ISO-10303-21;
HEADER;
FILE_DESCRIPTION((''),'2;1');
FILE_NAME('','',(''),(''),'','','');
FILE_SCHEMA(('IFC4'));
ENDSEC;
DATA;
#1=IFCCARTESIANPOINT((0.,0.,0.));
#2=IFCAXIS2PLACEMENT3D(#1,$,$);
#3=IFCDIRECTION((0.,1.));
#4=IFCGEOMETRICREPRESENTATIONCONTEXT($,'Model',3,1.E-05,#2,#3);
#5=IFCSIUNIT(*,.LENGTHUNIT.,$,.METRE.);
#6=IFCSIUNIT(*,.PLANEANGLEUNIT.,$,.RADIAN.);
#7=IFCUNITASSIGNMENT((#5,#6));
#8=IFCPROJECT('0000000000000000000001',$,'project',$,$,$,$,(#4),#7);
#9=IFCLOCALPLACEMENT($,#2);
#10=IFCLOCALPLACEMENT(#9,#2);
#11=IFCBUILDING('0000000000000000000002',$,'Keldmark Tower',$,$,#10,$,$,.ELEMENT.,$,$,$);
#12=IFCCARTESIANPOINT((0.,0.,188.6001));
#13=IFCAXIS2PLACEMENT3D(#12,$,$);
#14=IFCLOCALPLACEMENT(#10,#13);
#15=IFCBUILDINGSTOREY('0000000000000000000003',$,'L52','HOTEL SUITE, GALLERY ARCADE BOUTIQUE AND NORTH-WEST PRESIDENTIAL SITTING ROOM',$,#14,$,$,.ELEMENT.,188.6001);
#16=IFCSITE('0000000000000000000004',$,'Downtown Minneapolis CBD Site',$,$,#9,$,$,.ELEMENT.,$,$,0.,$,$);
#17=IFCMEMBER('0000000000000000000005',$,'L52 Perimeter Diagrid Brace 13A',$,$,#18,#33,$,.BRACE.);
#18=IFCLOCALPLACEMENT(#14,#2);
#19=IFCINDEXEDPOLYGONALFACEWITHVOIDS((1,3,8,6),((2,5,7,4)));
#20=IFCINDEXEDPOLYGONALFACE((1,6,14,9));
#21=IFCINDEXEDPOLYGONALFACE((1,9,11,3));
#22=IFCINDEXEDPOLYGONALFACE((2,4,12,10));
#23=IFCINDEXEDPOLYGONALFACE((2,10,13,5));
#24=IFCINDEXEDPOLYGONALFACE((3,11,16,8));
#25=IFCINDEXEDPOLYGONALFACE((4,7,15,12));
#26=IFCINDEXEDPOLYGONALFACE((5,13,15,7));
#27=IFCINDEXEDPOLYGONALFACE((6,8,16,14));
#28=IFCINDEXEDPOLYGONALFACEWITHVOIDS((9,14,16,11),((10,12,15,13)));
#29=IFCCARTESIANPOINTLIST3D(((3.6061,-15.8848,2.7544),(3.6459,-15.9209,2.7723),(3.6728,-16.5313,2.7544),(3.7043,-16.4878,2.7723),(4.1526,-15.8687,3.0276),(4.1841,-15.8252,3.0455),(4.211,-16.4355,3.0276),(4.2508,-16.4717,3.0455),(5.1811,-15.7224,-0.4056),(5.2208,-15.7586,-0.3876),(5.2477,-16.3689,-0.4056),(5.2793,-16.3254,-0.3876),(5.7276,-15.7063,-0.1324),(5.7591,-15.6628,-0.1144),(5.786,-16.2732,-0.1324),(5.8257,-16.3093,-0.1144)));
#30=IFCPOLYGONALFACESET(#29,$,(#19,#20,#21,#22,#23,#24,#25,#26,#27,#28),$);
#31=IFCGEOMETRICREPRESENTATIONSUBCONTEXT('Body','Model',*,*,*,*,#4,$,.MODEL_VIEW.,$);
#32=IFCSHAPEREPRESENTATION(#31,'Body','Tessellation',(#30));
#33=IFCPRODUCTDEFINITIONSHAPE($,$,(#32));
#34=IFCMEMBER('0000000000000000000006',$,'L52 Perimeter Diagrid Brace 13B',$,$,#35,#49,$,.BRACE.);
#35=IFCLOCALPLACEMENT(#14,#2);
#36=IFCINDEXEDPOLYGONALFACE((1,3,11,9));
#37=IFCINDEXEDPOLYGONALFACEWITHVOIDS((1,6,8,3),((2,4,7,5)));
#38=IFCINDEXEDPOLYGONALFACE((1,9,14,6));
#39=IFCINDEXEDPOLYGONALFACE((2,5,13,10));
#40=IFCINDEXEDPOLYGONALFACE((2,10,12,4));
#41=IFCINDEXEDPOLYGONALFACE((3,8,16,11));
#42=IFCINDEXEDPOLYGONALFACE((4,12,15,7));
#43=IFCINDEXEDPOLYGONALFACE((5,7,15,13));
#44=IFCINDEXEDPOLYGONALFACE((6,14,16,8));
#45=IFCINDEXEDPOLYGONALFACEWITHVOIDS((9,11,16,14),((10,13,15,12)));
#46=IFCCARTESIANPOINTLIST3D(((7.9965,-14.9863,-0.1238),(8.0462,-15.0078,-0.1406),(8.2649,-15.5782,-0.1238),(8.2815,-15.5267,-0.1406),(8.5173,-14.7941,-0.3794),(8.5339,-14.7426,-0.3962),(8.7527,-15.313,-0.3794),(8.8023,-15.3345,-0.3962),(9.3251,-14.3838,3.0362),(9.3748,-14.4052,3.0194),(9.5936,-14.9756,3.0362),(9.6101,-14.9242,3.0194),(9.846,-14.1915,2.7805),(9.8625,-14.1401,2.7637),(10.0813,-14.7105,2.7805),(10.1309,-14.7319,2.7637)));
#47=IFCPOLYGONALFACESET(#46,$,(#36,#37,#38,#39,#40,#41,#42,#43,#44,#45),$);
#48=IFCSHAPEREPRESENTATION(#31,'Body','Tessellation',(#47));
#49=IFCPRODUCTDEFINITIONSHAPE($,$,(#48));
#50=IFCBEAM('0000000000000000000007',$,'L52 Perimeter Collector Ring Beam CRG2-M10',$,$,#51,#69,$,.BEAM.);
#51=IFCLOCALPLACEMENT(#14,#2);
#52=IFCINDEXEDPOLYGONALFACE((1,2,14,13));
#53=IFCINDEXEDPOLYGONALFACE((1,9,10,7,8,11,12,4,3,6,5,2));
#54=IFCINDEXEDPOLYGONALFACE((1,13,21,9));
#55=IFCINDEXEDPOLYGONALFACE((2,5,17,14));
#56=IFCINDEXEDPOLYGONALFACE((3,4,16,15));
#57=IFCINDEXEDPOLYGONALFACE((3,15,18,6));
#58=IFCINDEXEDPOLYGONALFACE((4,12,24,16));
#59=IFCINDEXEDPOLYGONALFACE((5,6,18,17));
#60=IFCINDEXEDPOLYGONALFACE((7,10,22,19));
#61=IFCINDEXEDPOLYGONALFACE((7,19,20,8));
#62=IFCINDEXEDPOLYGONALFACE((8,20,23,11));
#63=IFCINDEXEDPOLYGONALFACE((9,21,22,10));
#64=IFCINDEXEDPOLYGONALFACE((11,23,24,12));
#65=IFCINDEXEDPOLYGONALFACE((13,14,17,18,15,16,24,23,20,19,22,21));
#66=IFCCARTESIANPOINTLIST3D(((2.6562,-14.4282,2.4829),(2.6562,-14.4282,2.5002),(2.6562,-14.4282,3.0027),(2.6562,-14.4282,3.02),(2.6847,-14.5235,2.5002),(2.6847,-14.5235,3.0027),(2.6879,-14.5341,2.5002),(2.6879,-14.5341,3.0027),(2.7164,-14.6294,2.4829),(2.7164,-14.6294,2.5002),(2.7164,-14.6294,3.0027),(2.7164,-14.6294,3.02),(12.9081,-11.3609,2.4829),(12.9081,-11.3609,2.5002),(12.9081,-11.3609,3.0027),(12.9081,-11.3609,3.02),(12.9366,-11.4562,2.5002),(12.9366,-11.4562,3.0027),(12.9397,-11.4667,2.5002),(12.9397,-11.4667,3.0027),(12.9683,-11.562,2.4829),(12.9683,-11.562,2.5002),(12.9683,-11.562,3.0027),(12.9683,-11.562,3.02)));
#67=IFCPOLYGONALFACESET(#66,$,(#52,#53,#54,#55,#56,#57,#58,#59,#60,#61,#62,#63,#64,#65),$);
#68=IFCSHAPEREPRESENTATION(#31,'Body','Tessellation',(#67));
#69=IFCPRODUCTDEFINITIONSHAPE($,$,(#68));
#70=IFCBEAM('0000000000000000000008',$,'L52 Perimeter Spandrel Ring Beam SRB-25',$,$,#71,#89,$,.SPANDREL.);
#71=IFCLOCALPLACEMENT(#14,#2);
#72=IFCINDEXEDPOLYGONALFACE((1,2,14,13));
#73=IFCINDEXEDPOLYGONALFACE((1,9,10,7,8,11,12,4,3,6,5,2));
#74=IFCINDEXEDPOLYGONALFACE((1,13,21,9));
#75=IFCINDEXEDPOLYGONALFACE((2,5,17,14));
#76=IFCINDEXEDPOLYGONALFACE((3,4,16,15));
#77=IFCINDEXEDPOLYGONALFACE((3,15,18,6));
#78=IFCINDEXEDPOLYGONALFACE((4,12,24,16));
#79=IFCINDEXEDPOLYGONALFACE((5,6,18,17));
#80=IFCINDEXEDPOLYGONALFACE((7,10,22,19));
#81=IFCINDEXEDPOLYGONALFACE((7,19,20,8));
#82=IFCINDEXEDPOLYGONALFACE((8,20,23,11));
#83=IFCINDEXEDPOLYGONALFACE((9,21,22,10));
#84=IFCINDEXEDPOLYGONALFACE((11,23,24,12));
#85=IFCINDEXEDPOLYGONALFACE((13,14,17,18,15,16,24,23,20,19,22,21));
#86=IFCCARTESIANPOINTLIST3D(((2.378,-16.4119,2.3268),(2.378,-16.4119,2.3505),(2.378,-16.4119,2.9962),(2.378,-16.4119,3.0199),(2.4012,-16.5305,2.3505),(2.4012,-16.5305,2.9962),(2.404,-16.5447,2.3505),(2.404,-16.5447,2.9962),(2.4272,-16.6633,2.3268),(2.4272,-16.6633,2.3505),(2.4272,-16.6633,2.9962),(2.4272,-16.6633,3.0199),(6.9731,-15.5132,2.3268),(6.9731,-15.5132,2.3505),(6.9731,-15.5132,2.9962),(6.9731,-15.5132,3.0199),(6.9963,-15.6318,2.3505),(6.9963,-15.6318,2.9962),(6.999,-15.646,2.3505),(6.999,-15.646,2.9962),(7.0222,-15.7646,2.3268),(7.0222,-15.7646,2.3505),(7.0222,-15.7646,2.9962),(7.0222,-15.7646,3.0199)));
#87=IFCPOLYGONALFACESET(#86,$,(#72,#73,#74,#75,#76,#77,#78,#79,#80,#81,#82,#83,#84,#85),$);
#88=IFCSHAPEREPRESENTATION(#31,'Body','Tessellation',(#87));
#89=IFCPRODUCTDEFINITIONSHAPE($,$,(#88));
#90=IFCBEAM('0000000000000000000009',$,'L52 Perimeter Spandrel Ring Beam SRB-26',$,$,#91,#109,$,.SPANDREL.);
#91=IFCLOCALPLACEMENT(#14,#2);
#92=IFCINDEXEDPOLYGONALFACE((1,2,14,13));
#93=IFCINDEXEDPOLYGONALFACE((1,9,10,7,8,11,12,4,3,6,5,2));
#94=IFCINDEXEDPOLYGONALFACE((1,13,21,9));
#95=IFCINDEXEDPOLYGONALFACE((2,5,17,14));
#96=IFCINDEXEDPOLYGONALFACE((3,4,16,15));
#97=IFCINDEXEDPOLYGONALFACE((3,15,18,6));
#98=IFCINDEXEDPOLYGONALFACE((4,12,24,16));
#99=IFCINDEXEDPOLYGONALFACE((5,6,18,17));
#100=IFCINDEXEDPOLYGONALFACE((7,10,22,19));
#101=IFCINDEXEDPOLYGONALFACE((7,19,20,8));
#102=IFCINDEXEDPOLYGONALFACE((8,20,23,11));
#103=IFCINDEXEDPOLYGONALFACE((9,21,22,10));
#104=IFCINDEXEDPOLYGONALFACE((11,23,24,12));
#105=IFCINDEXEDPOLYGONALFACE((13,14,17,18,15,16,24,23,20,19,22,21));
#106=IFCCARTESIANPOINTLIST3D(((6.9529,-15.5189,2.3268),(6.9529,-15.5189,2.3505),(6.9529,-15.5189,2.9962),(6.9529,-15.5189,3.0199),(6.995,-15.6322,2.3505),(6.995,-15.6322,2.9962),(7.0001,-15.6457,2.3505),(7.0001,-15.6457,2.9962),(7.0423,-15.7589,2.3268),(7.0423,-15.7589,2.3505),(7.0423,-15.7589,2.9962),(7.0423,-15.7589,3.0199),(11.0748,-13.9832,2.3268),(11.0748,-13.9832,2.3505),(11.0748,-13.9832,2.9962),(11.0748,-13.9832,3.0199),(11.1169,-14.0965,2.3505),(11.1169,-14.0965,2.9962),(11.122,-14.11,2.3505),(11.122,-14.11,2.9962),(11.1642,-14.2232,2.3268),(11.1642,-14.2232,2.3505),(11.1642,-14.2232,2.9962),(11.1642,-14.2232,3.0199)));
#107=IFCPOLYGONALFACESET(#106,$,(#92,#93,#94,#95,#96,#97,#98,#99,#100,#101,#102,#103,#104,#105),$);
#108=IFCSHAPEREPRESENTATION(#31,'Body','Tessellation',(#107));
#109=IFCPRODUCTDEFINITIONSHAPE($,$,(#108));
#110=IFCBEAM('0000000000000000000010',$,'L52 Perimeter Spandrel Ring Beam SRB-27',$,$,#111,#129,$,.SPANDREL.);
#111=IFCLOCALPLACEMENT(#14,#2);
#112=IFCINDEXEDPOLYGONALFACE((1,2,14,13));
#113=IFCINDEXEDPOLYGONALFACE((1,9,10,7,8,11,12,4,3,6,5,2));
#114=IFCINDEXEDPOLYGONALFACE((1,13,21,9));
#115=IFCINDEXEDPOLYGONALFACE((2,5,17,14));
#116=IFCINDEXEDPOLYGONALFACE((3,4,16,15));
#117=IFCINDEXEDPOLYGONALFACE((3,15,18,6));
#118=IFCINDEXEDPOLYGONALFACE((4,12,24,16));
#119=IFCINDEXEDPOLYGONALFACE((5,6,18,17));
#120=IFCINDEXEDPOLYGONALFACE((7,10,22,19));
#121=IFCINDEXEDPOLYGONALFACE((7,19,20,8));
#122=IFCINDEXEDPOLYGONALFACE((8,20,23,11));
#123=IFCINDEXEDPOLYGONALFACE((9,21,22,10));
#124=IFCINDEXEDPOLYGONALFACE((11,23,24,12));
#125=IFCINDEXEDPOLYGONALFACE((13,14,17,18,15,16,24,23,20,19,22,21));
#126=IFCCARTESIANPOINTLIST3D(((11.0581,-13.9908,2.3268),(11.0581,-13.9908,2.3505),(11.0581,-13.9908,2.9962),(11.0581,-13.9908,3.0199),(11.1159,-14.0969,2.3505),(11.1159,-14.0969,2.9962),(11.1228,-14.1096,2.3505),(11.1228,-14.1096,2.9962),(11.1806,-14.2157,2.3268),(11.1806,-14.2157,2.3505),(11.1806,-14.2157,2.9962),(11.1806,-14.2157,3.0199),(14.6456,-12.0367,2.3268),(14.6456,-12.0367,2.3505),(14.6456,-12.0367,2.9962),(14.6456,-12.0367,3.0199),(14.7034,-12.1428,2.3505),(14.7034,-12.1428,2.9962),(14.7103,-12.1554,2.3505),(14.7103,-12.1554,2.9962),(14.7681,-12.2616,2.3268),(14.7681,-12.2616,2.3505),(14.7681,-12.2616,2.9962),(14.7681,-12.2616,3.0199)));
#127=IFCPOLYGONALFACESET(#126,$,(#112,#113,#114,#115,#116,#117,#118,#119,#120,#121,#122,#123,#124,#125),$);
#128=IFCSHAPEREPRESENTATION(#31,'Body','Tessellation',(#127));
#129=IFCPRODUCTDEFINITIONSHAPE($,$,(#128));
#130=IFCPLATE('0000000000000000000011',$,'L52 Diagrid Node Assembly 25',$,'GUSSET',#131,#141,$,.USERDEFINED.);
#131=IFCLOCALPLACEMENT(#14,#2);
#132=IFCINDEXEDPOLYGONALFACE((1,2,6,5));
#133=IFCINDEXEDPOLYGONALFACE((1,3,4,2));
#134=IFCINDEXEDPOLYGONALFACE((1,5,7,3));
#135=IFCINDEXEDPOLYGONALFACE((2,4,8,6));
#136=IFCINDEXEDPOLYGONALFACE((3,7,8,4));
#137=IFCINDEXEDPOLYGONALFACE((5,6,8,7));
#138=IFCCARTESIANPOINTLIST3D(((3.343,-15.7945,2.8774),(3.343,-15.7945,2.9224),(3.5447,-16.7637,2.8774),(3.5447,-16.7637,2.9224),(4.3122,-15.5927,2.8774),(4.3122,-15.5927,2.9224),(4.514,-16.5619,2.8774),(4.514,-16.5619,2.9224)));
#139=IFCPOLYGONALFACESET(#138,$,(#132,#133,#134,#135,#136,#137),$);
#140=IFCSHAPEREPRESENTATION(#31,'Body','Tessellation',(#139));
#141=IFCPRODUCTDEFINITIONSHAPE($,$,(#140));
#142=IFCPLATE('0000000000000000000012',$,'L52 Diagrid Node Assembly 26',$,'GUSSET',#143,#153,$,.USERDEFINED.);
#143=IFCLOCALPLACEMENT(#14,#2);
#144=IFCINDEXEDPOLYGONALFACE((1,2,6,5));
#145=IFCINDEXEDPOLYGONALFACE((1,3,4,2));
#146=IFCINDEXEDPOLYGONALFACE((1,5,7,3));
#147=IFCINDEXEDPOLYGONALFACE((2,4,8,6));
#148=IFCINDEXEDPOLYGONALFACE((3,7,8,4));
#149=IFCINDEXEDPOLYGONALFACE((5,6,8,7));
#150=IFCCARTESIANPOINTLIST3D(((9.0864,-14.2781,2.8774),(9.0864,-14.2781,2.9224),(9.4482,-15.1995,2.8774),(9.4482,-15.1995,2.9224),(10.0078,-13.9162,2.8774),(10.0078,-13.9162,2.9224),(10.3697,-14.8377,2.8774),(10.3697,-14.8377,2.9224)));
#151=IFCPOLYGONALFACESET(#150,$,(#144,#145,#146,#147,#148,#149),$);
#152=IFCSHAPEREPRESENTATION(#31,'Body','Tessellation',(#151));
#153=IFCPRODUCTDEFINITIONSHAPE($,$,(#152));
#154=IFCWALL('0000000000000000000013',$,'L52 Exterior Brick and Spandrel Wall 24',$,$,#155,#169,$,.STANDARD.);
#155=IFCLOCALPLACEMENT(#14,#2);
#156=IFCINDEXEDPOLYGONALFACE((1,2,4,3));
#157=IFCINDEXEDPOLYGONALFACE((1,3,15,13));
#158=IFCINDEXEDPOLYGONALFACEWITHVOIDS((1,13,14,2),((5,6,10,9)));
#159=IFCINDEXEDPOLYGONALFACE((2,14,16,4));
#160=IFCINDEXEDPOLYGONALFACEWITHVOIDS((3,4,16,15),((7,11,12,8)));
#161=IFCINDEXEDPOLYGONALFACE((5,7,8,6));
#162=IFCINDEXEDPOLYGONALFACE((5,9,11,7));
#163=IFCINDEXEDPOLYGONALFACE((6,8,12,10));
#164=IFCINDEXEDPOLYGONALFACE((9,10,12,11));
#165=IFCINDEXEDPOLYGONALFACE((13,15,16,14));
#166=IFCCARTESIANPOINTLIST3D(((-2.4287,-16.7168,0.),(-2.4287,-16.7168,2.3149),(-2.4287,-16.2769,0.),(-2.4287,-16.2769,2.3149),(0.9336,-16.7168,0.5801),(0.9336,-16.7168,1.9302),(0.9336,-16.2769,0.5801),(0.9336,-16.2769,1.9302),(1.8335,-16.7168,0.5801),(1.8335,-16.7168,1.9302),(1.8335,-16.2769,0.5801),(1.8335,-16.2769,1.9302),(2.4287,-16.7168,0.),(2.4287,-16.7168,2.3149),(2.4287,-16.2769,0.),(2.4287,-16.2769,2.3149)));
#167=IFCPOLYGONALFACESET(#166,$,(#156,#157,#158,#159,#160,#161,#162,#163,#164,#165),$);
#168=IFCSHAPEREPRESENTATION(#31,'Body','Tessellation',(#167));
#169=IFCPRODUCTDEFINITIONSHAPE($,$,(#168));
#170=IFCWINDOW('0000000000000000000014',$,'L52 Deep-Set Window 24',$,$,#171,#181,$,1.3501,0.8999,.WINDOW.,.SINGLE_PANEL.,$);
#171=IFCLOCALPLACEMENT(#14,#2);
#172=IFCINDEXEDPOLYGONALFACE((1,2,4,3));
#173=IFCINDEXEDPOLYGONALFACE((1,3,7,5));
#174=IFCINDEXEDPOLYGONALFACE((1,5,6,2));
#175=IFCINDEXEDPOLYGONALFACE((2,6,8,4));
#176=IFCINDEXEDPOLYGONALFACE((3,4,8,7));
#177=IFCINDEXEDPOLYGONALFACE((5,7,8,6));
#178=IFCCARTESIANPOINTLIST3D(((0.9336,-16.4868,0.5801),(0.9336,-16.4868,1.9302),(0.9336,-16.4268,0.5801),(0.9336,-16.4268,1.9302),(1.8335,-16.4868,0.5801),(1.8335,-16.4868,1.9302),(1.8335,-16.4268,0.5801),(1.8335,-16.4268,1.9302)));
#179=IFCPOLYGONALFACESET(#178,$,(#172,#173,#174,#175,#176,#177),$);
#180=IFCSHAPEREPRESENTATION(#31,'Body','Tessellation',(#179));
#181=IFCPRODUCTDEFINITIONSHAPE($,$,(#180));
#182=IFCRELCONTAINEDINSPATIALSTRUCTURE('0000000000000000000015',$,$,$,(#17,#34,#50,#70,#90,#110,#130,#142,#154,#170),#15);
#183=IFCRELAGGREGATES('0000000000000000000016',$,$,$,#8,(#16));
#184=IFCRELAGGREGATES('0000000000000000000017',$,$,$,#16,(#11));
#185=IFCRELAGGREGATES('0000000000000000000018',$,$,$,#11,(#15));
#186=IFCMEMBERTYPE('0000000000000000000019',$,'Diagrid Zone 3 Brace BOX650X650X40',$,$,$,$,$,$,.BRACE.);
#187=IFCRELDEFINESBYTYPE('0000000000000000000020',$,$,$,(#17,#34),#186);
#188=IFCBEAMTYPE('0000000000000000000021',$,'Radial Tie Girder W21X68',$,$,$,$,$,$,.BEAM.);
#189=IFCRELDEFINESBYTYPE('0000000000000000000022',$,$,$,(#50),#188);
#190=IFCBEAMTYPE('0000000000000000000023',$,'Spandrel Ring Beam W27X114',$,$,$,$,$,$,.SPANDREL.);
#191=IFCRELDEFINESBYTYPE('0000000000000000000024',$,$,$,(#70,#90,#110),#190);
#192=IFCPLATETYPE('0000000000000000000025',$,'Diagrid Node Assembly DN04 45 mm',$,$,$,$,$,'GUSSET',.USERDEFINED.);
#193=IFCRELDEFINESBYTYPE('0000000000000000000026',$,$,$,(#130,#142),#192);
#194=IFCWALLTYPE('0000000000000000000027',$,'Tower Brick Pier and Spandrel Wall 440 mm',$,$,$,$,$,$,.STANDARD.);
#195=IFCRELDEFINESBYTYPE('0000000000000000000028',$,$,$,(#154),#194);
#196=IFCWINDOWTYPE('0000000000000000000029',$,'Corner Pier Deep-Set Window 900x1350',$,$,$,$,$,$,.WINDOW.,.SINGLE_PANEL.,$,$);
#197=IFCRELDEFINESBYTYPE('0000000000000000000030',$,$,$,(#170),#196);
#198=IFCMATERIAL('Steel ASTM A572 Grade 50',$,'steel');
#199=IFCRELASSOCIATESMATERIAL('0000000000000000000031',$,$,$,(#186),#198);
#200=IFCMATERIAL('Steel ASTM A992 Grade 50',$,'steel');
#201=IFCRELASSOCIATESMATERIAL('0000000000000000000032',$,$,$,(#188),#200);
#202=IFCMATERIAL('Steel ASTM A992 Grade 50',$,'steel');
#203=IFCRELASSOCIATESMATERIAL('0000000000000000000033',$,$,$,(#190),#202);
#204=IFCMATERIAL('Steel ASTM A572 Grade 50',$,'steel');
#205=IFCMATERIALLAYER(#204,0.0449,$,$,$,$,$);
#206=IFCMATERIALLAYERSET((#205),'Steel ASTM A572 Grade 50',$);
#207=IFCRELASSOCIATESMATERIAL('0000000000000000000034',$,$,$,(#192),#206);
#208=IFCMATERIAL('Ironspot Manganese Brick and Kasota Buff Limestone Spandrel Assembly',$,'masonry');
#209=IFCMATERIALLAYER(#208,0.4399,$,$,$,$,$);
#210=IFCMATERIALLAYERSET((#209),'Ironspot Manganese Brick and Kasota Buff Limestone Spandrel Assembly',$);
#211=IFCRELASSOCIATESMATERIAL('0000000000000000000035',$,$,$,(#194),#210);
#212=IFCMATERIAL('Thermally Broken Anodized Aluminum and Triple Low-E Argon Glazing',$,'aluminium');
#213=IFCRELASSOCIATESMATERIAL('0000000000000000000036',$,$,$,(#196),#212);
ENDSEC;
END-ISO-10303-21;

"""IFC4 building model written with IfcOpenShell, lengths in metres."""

from ifc_helpers import new_model, si_unit, direction, frame, frame_2d, origin, origin_2d, place, context, subcontext, project, spatial, rectangle, hollow_rectangle, i_section, extrude, material, layer, layer_set, material_profile, profile_set, type_object, element, fill, save


model = new_model("IFC4")

# Units and contexts
model_context = context("Model", 3, precision=1e-05, world=origin(), true_north=direction((0.0, 1.0)))
body_context = subcontext(model_context, "Body", "Model", "MODEL_VIEW")
ifc_project = project(units=[si_unit("LENGTHUNIT", "METRE"), si_unit("PLANEANGLEUNIT", "RADIAN")], contexts=[model_context])

# Site, building, storey
site_placement = place(None, origin())
site = spatial("IfcSite", under=ifc_project, at=site_placement, Name="Downtown Minneapolis CBD Site", CompositionType="ELEMENT", RefElevation=0.0)
building_placement = place(site_placement, origin())
building = spatial("IfcBuilding", under=site, at=building_placement, Name="Keldmark Tower", CompositionType="ELEMENT")
storey_placement = place(building_placement, frame((0.0, 0.0, 188.6001)))
storey = spatial("IfcBuildingStorey", under=building, at=storey_placement, Name="L52", Description="HOTEL SUITE, GALLERY ARCADE BOUTIQUE AND NORTH-WEST PRESIDENTIAL SITTING ROOM", CompositionType="ELEMENT", Elevation=188.6001)

# Members
ifc_material_1 = material(Name="Steel ASTM A572 Grade 50", Category="steel")
ifc_material_profile_1 = material_profile(ifc_material_1, hollow_rectangle(XDim=0.6499, YDim=0.6499, WallThickness=0.04, at=origin_2d()), Name="BOX650X650X40")
ifc_profile_set_1 = profile_set([ifc_material_profile_1], Name="Steel ASTM A572 Grade 50")
member_type = type_object("IfcMemberType", Name="Diagrid Zone 3 Brace BOX650X650X40", PredefinedType="BRACE", material=ifc_profile_set_1)
member_1_placement = place(storey_placement, frame((5.5034, -16.0159, -0.26), z_axis=(-0.445608, -0.045935, 0.894049), x_axis=(0.102541, -0.994729, 0.0)))
element("IfcMember", 1, at=member_1_placement, inside=storey, type_object=member_type, Name="L52 Perimeter Diagrid Brace 13A", PredefinedType="BRACE", context=body_context, shape_type="SweptSolid", body=[
    extrude(hollow_rectangle(XDim=0.6499, YDim=0.6499, WallThickness=0.04, at=origin_2d()), origin(), (0.0, 0.0, 1.0), 3.5344),
])
member_2_placement = place(storey_placement, frame((8.3994, -15.1604, -0.26), z_axis=(0.38174, 0.173123, 0.907912), x_axis=(-0.413021, 0.910721, 0.0)))
element("IfcMember", 2, at=member_2_placement, inside=storey, type_object=member_type, Name="L52 Perimeter Diagrid Brace 13B", PredefinedType="BRACE", context=body_context, shape_type="SweptSolid", body=[
    extrude(hollow_rectangle(XDim=0.6499, YDim=0.6499, WallThickness=0.04, at=origin_2d()), origin(), (0.0, 0.0, 1.0), 3.4805),
])

# Beams
ifc_material_2 = material(Name="Steel ASTM A992 Grade 50", Category="steel")
ifc_material_profile_2 = material_profile(ifc_material_2, i_section(OverallWidth=0.21, OverallDepth=0.5371, WebThickness=0.011, FlangeThickness=0.0173, at=origin_2d()), Name="W21X68")
ifc_profile_set_2 = profile_set([ifc_material_profile_2], Name="Steel ASTM A992 Grade 50")
beam_type_1 = type_object("IfcBeamType", Name="Radial Tie Girder W21X68", PredefinedType="BEAM", material=ifc_profile_set_2)
beam_1_placement = place(storey_placement, frame((2.6863, -14.5288, 2.7515), z_axis=(0.958037, 0.286645, 0.0), x_axis=(-0.286645, 0.958037, 0.0)))
element("IfcBeam", 3, at=beam_1_placement, inside=storey, type_object=beam_type_1, Name="L52 Perimeter Collector Ring Beam CRG2-M10", PredefinedType="BEAM", context=body_context, shape_type="SweptSolid", body=[
    extrude(i_section(OverallWidth=0.21, OverallDepth=0.5371, WebThickness=0.011, FlangeThickness=0.0173, at=origin_2d()), origin(), (0.0, 0.0, 1.0), 10.7009),
])
ifc_material_3 = material(Name="Steel ASTM A992 Grade 50", Category="steel")
ifc_material_profile_3 = material_profile(ifc_material_3, i_section(OverallWidth=0.2561, OverallDepth=0.6931, WebThickness=0.0144, FlangeThickness=0.0237, at=origin_2d()), Name="W27X114")
ifc_profile_set_3 = profile_set([ifc_material_profile_3], Name="Steel ASTM A992 Grade 50")
beam_type_2 = type_object("IfcBeamType", Name="Spandrel Ring Beam W27X114", PredefinedType="SPANDREL", material=ifc_profile_set_3)
beam_2_placement = place(storey_placement, frame((2.4026, -16.5376, 2.6733), z_axis=(0.981406, 0.191943, 0.0), x_axis=(-0.191943, 0.981406, 0.0)))
element("IfcBeam", 4, at=beam_2_placement, inside=storey, type_object=beam_type_2, Name="L52 Perimeter Spandrel Ring Beam SRB-25", PredefinedType="SPANDREL", context=body_context, shape_type="SweptSolid", body=[
    extrude(i_section(OverallWidth=0.2561, OverallDepth=0.6931, WebThickness=0.0144, FlangeThickness=0.0237, at=origin_2d()), origin(), (0.0, 0.0, 1.0), 4.6821),
])
beam_3_placement = place(storey_placement, frame((6.9976, -15.6389, 2.6733), z_axis=(0.937077, 0.349121, 0.0), x_axis=(-0.349121, 0.937077, 0.0)))
element("IfcBeam", 5, at=beam_3_placement, inside=storey, type_object=beam_type_2, Name="L52 Perimeter Spandrel Ring Beam SRB-26", PredefinedType="SPANDREL", context=body_context, shape_type="SweptSolid", body=[
    extrude(i_section(OverallWidth=0.2561, OverallDepth=0.6931, WebThickness=0.0144, FlangeThickness=0.0237, at=origin_2d()), origin(), (0.0, 0.0, 1.0), 4.3987),
])
beam_4_placement = place(storey_placement, frame((11.1194, -14.1033, 2.6733), z_axis=(0.87817, 0.47835, 0.0), x_axis=(-0.47835, 0.87817, 0.0)))
element("IfcBeam", 6, at=beam_4_placement, inside=storey, type_object=beam_type_2, Name="L52 Perimeter Spandrel Ring Beam SRB-27", PredefinedType="SPANDREL", context=body_context, shape_type="SweptSolid", body=[
    extrude(i_section(OverallWidth=0.2561, OverallDepth=0.6931, WebThickness=0.0144, FlangeThickness=0.0237, at=origin_2d()), origin(), (0.0, 0.0, 1.0), 4.0852),
])

# Plates
ifc_material_4 = material(Name="Steel ASTM A572 Grade 50", Category="steel")
ifc_layer_1 = layer(ifc_material_4, 0.0449)
ifc_layer_set_1 = layer_set([ifc_layer_1], Name="Steel ASTM A572 Grade 50")
plate_type = type_object("IfcPlateType", Name="Diagrid Node Assembly DN04 45 mm", ElementType="GUSSET", PredefinedType="USERDEFINED", material=ifc_layer_set_1)
for number, where, z_axis, x_axis, name in (
    (7, (3.9285, -16.1782, 2.8774), (0.0, 0.0, 1.0), (0.97901, 0.203813, 0.0), "L52 Diagrid Node Assembly 25"),
    (8, (9.728, -14.5579, 2.8774), (0.0, 0.0, 1.0), (0.930801, 0.365527, 0.0), "L52 Diagrid Node Assembly 26"),
):
    element("IfcPlate", number, at=place(storey_placement, frame(where, z_axis=z_axis, x_axis=x_axis)), inside=storey, type_object=plate_type, Name=name, ObjectType="GUSSET", PredefinedType="USERDEFINED", context=body_context, shape_type="SweptSolid", body=[
        extrude(rectangle(XDim=0.99, YDim=0.99, at=origin_2d()), origin(), (0.0, 0.0, 1.0), 0.0449),
    ])

# Wall, opening, window
ifc_material_5 = material(Name="Ironspot Manganese Brick and Kasota Buff Limestone Spandrel Assembly", Category="masonry")
ifc_layer_2 = layer(ifc_material_5, 0.4399)
ifc_layer_set_2 = layer_set([ifc_layer_2], Name="Ironspot Manganese Brick and Kasota Buff Limestone Spandrel Assembly")
wall_type_1 = type_object("IfcWallType", Name="Tower Brick Pier and Spandrel Wall 440 mm", PredefinedType="STANDARD", material=ifc_layer_set_2)
wall_1_placement = place(storey_placement, frame((2.4287, -16.4968, 0.0), z_axis=(0.0, 0.0, 1.0), x_axis=(-1.0, 0.0, 0.0)))
wall_1 = element("IfcWall", 9, at=wall_1_placement, inside=storey, type_object=wall_type_1, Name="L52 Exterior Brick and Spandrel Wall 24", PredefinedType="STANDARD", context=body_context, shape_type="SweptSolid", body=[
    extrude(rectangle(XDim=4.8574, YDim=0.4399, at=frame_2d((2.4287, 0.0))), origin(), (0.0, 0.0, 1.0), 2.3149),
])
opening_1_placement = place(wall_1_placement, frame((0.5952, 0.0, 0.5801)))
opening_1 = element("IfcOpeningElement", 10, at=opening_1_placement, cuts=wall_1, PredefinedType="OPENING", context=body_context, shape_type="SweptSolid", body=[
    extrude(rectangle(XDim=0.8999, YDim=1.3501, at=frame_2d((0.45, 0.675))), frame((0.0, 0.23, 0.0), z_axis=(0.0, -1.0, 0.0), x_axis=(1.0, 0.0, 0.0)), (0.0, 0.0, 1.0), 0.46),
])
ifc_material_6 = material(Name="Thermally Broken Anodized Aluminum and Triple Low-E Argon Glazing", Category="aluminium")
window_type = type_object("IfcWindowType", Name="Corner Pier Deep-Set Window 900x1350", PartitioningType="SINGLE_PANEL", PredefinedType="WINDOW", material=ifc_material_6)
window_1_placement = place(opening_1_placement, origin())
window_1 = element("IfcWindow", 11, at=window_1_placement, inside=storey, type_object=window_type, Name="L52 Deep-Set Window 24", OverallHeight=1.3501, OverallWidth=0.8999, PartitioningType="SINGLE_PANEL", PredefinedType="WINDOW", context=body_context, shape_type="SweptSolid", body=[
    extrude(rectangle(XDim=0.8999, YDim=1.3501, at=frame_2d((0.45, 0.675))), frame((0.0, -0.01, 0.0), z_axis=(0.0, -1.0, 0.0), x_axis=(1.0, 0.0, 0.0)), (0.0, 0.0, 1.0), 0.0601),
])
fill(opening_1, window_1)

save(model, "model.ifc")
